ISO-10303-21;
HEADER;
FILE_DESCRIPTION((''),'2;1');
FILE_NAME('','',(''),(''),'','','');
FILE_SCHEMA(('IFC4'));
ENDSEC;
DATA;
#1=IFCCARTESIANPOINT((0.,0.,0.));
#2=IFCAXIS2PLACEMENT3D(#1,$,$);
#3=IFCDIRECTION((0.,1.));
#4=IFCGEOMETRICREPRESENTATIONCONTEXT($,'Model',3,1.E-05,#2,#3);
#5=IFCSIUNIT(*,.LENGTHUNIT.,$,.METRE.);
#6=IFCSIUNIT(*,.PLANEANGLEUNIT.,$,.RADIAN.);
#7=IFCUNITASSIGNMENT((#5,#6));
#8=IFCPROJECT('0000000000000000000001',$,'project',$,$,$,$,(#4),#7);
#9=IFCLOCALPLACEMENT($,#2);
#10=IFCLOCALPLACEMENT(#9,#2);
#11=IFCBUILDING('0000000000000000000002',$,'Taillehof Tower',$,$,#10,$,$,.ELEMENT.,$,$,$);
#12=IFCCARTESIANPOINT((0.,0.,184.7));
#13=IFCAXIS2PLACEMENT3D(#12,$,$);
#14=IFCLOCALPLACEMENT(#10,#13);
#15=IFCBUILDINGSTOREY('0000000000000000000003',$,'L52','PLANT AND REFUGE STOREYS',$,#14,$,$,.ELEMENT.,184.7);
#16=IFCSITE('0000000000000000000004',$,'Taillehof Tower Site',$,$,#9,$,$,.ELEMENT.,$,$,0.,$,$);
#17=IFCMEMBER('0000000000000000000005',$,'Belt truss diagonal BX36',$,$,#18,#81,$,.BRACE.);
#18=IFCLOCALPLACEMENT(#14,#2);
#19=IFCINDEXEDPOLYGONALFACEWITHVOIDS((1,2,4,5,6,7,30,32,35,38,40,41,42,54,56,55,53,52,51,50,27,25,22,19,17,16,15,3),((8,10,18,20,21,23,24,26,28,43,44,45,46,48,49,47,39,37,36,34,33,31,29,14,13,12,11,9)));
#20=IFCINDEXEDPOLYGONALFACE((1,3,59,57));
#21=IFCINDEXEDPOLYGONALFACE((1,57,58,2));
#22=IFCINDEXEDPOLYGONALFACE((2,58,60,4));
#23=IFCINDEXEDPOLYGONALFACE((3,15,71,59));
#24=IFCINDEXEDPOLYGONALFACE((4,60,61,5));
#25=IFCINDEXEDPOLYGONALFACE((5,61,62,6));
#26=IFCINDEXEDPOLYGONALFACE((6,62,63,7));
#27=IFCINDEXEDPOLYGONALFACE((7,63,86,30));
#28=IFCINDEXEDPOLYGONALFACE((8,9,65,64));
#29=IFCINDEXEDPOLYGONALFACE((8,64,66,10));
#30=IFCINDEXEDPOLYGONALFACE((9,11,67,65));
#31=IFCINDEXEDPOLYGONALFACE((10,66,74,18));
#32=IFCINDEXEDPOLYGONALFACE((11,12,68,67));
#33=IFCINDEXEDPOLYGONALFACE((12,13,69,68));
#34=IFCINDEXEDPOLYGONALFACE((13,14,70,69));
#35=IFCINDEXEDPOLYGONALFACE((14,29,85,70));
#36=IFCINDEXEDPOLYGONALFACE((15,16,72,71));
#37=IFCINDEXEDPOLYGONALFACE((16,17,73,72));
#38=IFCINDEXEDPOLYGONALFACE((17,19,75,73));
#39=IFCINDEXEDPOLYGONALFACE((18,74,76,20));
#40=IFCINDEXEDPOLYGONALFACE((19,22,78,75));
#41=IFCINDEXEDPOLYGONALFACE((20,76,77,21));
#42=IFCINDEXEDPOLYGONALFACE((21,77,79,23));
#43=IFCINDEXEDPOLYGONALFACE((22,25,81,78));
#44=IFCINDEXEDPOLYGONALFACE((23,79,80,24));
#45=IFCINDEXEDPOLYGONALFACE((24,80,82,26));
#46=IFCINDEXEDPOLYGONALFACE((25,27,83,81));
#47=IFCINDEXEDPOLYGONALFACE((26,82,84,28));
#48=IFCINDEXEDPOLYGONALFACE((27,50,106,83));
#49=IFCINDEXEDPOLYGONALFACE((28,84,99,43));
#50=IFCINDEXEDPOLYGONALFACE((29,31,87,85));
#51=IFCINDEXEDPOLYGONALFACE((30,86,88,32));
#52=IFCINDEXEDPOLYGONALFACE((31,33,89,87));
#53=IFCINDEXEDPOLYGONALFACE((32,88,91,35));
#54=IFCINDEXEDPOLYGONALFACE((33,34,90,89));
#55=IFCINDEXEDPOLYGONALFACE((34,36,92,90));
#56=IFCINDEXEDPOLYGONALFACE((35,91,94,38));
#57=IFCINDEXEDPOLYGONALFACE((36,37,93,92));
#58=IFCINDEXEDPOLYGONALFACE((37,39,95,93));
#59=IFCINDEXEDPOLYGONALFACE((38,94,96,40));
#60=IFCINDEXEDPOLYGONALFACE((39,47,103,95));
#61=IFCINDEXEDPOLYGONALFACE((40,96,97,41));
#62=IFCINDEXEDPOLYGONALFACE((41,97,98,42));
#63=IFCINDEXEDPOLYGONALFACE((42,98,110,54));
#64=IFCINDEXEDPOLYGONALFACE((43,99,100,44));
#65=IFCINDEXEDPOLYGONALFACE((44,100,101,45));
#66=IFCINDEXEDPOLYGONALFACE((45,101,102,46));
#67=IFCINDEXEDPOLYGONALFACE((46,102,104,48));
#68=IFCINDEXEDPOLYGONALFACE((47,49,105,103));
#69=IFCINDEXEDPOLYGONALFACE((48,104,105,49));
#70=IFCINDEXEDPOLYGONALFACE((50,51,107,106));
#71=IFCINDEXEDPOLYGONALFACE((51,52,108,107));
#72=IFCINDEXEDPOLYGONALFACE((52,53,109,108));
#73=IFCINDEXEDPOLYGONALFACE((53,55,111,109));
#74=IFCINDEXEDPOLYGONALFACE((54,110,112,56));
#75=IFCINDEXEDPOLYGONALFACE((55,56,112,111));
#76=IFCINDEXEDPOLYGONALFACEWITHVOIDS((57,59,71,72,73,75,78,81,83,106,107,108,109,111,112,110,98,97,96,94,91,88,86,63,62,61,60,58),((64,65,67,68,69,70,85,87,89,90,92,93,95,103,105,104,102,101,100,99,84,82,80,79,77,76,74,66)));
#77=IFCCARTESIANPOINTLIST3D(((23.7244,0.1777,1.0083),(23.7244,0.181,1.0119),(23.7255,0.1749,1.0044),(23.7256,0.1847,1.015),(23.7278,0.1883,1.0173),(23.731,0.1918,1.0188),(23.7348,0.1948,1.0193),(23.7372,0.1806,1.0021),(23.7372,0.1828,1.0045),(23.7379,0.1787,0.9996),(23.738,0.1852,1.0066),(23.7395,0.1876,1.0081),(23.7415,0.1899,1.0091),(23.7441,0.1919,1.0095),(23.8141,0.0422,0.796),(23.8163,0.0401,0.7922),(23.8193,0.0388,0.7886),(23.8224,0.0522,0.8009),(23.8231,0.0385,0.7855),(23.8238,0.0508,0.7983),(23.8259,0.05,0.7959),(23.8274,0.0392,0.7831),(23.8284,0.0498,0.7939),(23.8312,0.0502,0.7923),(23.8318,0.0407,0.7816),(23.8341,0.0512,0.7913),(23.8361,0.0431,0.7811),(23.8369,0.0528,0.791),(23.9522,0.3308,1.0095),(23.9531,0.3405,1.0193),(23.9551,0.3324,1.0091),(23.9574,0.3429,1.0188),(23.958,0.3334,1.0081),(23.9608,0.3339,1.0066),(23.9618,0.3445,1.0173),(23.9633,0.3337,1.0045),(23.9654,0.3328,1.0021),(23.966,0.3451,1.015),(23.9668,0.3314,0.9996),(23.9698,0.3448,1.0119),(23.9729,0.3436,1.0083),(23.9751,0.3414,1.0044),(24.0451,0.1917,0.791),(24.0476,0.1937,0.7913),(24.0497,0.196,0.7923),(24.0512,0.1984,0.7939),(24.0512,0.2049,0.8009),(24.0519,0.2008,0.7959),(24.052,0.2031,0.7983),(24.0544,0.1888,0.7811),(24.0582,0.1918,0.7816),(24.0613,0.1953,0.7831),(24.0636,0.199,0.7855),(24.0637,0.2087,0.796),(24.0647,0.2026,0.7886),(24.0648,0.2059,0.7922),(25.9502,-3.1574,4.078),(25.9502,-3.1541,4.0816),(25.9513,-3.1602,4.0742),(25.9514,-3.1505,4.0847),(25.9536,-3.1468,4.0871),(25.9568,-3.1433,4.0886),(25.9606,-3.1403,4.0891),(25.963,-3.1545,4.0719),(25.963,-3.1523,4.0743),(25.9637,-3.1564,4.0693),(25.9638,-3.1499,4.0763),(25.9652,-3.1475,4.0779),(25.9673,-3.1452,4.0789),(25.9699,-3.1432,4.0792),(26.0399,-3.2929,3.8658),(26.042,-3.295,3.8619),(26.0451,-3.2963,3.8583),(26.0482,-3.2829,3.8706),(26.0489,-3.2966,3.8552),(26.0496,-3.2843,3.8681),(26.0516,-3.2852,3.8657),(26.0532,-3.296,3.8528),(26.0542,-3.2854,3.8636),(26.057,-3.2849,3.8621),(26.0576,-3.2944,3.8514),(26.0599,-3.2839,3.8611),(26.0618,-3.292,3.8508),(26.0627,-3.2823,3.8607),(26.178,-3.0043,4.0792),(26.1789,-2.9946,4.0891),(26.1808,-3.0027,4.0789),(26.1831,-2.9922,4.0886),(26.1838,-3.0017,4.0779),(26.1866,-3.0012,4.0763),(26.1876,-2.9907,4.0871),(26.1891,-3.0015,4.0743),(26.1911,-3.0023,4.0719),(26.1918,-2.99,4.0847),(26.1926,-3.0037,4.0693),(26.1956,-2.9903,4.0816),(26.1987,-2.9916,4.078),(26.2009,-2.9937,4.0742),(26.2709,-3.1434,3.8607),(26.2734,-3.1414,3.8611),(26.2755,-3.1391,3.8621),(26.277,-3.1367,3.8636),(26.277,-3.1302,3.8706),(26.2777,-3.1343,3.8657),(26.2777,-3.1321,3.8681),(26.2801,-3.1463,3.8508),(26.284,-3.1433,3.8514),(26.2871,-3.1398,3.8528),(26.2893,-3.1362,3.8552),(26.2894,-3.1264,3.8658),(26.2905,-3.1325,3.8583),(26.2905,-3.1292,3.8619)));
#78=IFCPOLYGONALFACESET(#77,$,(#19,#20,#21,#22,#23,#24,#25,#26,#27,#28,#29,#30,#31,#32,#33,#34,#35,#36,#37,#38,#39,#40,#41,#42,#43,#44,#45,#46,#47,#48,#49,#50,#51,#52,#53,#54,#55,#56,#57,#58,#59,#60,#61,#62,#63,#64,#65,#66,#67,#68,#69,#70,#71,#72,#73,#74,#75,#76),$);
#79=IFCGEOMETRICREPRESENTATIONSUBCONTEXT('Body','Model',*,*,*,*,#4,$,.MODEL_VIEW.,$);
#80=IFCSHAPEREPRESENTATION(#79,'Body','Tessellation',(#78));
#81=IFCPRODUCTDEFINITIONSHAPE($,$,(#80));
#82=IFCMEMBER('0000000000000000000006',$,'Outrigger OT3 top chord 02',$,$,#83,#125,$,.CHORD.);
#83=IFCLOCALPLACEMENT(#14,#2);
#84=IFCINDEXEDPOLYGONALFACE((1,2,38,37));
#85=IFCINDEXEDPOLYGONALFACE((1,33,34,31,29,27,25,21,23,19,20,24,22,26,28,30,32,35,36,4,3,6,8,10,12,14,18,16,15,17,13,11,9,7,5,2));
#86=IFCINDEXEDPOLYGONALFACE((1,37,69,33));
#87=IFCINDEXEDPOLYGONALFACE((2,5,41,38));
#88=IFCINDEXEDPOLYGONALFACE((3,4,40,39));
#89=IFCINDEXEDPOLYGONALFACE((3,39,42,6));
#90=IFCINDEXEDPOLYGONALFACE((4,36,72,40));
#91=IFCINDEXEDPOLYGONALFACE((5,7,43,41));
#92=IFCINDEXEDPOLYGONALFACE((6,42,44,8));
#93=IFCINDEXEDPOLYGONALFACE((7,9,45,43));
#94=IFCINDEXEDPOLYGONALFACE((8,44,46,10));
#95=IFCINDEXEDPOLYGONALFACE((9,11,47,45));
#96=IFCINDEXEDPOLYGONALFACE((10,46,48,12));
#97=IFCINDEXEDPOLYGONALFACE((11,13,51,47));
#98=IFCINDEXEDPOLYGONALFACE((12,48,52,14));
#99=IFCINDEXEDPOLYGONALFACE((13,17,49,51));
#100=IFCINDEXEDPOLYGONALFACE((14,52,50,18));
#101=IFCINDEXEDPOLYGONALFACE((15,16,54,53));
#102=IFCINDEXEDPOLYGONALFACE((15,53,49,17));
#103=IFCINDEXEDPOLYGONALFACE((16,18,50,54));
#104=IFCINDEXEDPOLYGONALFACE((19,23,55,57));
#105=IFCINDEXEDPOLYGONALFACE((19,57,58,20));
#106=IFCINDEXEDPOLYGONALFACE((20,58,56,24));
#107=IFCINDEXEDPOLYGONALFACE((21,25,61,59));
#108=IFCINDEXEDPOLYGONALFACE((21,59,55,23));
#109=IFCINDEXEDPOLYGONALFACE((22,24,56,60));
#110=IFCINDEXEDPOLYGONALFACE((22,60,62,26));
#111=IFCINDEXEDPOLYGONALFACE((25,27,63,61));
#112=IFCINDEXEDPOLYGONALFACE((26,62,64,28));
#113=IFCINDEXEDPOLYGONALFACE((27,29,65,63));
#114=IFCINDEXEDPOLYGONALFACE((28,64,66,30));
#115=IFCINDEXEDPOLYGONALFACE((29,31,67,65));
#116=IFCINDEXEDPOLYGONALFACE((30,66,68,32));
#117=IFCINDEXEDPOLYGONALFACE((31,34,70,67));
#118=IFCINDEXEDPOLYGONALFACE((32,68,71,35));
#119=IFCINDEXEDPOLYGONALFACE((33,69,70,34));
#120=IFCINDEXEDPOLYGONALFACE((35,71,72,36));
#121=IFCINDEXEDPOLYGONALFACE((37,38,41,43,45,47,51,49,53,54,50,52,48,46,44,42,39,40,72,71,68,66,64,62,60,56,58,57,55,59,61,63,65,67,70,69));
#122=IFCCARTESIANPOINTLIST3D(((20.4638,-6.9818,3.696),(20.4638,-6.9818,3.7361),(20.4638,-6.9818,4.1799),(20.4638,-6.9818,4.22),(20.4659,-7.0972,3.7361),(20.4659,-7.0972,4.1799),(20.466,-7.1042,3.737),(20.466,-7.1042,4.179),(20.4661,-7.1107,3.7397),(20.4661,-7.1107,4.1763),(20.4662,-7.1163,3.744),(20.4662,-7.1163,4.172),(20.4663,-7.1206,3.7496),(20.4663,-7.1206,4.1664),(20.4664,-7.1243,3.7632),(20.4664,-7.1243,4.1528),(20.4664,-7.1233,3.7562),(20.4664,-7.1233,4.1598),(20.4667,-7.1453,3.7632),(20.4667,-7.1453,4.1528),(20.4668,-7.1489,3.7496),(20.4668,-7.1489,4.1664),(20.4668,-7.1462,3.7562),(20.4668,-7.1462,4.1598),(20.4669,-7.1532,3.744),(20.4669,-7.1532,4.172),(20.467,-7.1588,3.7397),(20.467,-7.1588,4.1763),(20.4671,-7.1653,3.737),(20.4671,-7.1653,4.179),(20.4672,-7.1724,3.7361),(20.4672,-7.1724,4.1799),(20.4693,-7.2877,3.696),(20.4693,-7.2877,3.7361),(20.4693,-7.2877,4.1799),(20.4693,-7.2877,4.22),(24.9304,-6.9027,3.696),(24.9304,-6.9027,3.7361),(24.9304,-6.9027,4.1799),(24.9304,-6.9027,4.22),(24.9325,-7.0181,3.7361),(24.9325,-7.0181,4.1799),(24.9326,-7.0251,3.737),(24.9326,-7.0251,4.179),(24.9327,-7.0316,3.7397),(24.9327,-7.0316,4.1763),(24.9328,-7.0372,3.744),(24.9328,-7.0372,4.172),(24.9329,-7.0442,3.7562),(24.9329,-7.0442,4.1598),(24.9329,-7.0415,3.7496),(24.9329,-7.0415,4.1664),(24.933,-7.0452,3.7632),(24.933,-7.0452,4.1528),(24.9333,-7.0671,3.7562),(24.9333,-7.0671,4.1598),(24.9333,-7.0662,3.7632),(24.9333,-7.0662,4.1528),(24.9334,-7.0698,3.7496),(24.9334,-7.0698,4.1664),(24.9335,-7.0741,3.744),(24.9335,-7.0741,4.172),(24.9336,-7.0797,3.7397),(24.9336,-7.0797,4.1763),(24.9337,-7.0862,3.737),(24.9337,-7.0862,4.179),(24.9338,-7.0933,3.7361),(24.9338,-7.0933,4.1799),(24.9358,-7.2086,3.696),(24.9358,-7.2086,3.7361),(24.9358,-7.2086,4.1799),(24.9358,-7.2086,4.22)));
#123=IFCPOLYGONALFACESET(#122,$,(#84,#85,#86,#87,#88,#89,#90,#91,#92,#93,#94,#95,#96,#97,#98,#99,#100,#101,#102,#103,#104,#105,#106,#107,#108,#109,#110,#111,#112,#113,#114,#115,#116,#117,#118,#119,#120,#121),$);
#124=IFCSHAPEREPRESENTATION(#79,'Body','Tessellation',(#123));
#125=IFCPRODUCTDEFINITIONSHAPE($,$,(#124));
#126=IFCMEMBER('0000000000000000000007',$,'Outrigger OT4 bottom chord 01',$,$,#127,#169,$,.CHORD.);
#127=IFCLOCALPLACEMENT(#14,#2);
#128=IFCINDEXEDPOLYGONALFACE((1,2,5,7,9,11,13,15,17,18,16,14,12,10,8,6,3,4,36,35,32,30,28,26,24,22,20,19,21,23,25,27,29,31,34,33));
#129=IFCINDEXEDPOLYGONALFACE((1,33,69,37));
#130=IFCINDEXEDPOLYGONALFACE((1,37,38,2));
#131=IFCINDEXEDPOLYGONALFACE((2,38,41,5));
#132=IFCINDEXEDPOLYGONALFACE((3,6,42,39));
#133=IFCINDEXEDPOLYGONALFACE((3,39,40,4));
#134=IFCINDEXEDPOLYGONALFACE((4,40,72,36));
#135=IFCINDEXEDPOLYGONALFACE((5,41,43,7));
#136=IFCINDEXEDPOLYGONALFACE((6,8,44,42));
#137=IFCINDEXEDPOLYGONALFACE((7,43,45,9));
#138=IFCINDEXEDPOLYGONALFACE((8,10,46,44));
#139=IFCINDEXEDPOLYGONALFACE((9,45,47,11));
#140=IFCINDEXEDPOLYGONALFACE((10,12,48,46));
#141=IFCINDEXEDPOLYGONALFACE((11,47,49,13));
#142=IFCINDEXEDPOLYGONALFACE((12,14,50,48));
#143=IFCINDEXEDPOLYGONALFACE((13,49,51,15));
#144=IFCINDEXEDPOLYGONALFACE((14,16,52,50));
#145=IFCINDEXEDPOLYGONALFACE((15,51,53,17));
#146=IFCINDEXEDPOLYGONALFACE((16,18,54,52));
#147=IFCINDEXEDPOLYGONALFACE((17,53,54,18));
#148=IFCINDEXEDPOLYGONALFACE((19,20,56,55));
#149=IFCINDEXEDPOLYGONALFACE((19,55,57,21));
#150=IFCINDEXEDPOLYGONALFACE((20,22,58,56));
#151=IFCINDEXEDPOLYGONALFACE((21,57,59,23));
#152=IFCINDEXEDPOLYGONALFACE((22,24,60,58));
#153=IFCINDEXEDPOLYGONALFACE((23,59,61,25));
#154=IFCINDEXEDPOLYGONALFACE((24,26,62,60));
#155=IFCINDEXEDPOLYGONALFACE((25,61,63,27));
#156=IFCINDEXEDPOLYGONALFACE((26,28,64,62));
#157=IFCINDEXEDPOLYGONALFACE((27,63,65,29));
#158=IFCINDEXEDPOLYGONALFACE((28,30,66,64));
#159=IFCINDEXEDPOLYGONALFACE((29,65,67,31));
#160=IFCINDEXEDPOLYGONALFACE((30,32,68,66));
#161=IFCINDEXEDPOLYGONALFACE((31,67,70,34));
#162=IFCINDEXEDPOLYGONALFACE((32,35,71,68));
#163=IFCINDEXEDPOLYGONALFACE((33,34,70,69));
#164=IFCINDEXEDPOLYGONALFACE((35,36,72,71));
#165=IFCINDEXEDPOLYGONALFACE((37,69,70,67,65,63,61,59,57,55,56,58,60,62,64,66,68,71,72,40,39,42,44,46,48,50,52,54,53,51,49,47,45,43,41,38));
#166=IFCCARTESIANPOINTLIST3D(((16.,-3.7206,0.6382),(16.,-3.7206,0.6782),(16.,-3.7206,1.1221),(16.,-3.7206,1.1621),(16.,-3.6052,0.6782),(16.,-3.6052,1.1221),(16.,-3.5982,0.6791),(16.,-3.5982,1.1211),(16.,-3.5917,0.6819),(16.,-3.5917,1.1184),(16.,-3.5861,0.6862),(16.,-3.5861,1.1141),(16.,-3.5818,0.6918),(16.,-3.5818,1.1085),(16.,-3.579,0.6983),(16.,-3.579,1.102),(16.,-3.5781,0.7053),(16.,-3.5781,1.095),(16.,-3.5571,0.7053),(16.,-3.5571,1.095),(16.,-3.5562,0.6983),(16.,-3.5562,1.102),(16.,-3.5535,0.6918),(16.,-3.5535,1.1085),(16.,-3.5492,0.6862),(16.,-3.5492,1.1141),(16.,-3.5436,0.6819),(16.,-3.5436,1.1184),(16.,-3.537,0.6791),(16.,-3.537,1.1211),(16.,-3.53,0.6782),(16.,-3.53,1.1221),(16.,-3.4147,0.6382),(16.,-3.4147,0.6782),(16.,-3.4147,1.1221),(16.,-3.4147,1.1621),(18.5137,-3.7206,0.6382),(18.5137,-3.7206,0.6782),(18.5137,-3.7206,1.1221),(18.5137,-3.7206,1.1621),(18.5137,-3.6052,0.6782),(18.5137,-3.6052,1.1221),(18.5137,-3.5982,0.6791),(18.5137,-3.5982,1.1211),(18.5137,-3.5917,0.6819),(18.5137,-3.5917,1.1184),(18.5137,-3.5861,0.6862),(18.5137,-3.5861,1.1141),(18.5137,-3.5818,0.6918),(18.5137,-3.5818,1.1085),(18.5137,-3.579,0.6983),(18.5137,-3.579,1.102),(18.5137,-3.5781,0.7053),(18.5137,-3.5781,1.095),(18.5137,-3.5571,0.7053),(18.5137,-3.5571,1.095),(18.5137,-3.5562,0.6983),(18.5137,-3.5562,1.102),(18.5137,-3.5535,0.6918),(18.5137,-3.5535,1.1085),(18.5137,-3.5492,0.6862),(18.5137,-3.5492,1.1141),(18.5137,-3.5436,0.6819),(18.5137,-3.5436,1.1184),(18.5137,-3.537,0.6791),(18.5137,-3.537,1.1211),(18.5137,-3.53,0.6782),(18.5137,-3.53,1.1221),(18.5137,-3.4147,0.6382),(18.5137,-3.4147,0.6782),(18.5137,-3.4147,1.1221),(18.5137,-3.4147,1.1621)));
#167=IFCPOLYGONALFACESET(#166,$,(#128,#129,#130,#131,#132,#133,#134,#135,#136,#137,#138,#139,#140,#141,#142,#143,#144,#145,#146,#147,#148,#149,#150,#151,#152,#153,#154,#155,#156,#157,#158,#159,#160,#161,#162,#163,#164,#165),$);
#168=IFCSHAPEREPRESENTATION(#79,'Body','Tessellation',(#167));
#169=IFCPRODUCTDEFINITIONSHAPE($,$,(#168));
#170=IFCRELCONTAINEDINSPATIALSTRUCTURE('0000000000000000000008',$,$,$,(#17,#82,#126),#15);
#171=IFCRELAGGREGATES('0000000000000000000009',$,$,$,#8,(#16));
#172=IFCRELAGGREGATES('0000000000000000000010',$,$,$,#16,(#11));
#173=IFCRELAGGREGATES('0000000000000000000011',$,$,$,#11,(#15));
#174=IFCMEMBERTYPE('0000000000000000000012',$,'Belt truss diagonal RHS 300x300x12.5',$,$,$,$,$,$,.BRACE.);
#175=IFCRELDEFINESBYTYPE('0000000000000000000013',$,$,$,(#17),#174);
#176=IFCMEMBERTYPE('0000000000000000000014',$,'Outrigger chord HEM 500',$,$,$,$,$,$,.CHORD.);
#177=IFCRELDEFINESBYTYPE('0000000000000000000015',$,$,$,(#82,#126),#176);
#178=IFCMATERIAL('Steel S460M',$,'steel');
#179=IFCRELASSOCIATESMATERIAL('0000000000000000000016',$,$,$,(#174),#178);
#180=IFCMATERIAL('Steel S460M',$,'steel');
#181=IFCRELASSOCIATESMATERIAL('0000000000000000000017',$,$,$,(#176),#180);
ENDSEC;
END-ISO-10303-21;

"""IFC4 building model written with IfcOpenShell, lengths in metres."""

from ifc_helpers import new_model, si_unit, direction, frame, origin, origin_2d, place, context, subcontext, project, spatial, hollow_rectangle, i_section, extrude, material, material_profile, profile_set, type_object, element, save


model = new_model("IFC4")

# Units and contexts
model_context = context("Model", 3, precision=1e-05, world=origin(), true_north=direction((0.0, 1.0)))
body_context = subcontext(model_context, "Body", "Model", "MODEL_VIEW")
ifc_project = project(units=[si_unit("LENGTHUNIT", "METRE"), si_unit("PLANEANGLEUNIT", "RADIAN")], contexts=[model_context])

# Site, building, storey
site_placement = place(None, origin())
site = spatial("IfcSite", under=ifc_project, at=site_placement, Name="Taillehof Tower Site", CompositionType="ELEMENT", RefElevation=0.0)
building_placement = place(site_placement, origin())
building = spatial("IfcBuilding", under=site, at=building_placement, Name="Taillehof Tower", CompositionType="ELEMENT")
storey_placement = place(building_placement, frame((0.0, 0.0, 184.7)))
storey = spatial("IfcBuildingStorey", under=building, at=storey_placement, Name="L52", Description="PLANT AND REFUGE STOREYS", CompositionType="ELEMENT", Elevation=184.7)

# Members
ifc_material_1 = material(Name="Steel S460M", Category="steel")
ifc_material_profile_1 = material_profile(ifc_material_1, hollow_rectangle(XDim=0.3, YDim=0.3, WallThickness=0.0125, InnerFilletRadius=0.0125, OuterFilletRadius=0.0188, at=origin_2d()), Name="RHS 300x300x12.5")
ifc_profile_set_1 = profile_set([ifc_material_profile_1], Name="Steel S460M")
member_type_1 = type_object("IfcMemberType", Name="Belt truss diagonal RHS 300x300x12.5", PredefinedType="BRACE", material=ifc_profile_set_1)
member_1_placement = place(storey_placement, frame((26.1204, -3.1433, 3.97), z_axis=(-0.440765, 0.660447, -0.607895), x_axis=(-0.831779, -0.555108, 0.0)))
element("IfcMember", 1, at=member_1_placement, inside=storey, type_object=member_type_1, Name="Belt truss diagonal BX36", PredefinedType="BRACE", context=body_context, shape_type="SweptSolid", body=[
    extrude(hollow_rectangle(XDim=0.3, YDim=0.3, WallThickness=0.0125, InnerFilletRadius=0.0125, OuterFilletRadius=0.0188, at=origin_2d()), origin(), (0.0, 0.0, 1.0), 5.0498),
])
ifc_material_2 = material(Name="Steel S460M", Category="steel")
ifc_material_profile_2 = material_profile(ifc_material_2, i_section(OverallWidth=0.3059, OverallDepth=0.5239, WebThickness=0.021, FlangeThickness=0.04, FilletRadius=0.0271, at=origin_2d()), Name="HEM 500")
ifc_profile_set_2 = profile_set([ifc_material_profile_2], Name="Steel S460M")
member_type_2 = type_object("IfcMemberType", Name="Outrigger chord HEM 500", PredefinedType="CHORD", material=ifc_profile_set_2)
member_2_placement = place(storey_placement, frame((20.4666, -7.1348, 3.958), z_axis=(0.999843, 0.017707, 0.0), x_axis=(-0.017707, 0.999843, 0.0)))
element("IfcMember", 2, at=member_2_placement, inside=storey, type_object=member_type_2, Name="Outrigger OT3 top chord 02", PredefinedType="CHORD", context=body_context, shape_type="SweptSolid", body=[
    extrude(i_section(OverallWidth=0.3059, OverallDepth=0.5239, WebThickness=0.021, FlangeThickness=0.04, FilletRadius=0.0271, at=origin_2d()), origin(), (0.0, 0.0, 1.0), 4.4673),
])
member_3_placement = place(storey_placement, frame((16.0, -3.5676, 0.9001), z_axis=(1.0, 0.0, 0.0), x_axis=(0.0, 1.0, 0.0)))
element("IfcMember", 3, at=member_3_placement, inside=storey, type_object=member_type_2, Name="Outrigger OT4 bottom chord 01", PredefinedType="CHORD", context=body_context, shape_type="SweptSolid", body=[
    extrude(i_section(OverallWidth=0.3059, OverallDepth=0.5239, WebThickness=0.021, FlangeThickness=0.04, FilletRadius=0.0271, at=origin_2d()), origin(), (0.0, 0.0, 1.0), 2.5137),
])

save(model, "model.ifc")
